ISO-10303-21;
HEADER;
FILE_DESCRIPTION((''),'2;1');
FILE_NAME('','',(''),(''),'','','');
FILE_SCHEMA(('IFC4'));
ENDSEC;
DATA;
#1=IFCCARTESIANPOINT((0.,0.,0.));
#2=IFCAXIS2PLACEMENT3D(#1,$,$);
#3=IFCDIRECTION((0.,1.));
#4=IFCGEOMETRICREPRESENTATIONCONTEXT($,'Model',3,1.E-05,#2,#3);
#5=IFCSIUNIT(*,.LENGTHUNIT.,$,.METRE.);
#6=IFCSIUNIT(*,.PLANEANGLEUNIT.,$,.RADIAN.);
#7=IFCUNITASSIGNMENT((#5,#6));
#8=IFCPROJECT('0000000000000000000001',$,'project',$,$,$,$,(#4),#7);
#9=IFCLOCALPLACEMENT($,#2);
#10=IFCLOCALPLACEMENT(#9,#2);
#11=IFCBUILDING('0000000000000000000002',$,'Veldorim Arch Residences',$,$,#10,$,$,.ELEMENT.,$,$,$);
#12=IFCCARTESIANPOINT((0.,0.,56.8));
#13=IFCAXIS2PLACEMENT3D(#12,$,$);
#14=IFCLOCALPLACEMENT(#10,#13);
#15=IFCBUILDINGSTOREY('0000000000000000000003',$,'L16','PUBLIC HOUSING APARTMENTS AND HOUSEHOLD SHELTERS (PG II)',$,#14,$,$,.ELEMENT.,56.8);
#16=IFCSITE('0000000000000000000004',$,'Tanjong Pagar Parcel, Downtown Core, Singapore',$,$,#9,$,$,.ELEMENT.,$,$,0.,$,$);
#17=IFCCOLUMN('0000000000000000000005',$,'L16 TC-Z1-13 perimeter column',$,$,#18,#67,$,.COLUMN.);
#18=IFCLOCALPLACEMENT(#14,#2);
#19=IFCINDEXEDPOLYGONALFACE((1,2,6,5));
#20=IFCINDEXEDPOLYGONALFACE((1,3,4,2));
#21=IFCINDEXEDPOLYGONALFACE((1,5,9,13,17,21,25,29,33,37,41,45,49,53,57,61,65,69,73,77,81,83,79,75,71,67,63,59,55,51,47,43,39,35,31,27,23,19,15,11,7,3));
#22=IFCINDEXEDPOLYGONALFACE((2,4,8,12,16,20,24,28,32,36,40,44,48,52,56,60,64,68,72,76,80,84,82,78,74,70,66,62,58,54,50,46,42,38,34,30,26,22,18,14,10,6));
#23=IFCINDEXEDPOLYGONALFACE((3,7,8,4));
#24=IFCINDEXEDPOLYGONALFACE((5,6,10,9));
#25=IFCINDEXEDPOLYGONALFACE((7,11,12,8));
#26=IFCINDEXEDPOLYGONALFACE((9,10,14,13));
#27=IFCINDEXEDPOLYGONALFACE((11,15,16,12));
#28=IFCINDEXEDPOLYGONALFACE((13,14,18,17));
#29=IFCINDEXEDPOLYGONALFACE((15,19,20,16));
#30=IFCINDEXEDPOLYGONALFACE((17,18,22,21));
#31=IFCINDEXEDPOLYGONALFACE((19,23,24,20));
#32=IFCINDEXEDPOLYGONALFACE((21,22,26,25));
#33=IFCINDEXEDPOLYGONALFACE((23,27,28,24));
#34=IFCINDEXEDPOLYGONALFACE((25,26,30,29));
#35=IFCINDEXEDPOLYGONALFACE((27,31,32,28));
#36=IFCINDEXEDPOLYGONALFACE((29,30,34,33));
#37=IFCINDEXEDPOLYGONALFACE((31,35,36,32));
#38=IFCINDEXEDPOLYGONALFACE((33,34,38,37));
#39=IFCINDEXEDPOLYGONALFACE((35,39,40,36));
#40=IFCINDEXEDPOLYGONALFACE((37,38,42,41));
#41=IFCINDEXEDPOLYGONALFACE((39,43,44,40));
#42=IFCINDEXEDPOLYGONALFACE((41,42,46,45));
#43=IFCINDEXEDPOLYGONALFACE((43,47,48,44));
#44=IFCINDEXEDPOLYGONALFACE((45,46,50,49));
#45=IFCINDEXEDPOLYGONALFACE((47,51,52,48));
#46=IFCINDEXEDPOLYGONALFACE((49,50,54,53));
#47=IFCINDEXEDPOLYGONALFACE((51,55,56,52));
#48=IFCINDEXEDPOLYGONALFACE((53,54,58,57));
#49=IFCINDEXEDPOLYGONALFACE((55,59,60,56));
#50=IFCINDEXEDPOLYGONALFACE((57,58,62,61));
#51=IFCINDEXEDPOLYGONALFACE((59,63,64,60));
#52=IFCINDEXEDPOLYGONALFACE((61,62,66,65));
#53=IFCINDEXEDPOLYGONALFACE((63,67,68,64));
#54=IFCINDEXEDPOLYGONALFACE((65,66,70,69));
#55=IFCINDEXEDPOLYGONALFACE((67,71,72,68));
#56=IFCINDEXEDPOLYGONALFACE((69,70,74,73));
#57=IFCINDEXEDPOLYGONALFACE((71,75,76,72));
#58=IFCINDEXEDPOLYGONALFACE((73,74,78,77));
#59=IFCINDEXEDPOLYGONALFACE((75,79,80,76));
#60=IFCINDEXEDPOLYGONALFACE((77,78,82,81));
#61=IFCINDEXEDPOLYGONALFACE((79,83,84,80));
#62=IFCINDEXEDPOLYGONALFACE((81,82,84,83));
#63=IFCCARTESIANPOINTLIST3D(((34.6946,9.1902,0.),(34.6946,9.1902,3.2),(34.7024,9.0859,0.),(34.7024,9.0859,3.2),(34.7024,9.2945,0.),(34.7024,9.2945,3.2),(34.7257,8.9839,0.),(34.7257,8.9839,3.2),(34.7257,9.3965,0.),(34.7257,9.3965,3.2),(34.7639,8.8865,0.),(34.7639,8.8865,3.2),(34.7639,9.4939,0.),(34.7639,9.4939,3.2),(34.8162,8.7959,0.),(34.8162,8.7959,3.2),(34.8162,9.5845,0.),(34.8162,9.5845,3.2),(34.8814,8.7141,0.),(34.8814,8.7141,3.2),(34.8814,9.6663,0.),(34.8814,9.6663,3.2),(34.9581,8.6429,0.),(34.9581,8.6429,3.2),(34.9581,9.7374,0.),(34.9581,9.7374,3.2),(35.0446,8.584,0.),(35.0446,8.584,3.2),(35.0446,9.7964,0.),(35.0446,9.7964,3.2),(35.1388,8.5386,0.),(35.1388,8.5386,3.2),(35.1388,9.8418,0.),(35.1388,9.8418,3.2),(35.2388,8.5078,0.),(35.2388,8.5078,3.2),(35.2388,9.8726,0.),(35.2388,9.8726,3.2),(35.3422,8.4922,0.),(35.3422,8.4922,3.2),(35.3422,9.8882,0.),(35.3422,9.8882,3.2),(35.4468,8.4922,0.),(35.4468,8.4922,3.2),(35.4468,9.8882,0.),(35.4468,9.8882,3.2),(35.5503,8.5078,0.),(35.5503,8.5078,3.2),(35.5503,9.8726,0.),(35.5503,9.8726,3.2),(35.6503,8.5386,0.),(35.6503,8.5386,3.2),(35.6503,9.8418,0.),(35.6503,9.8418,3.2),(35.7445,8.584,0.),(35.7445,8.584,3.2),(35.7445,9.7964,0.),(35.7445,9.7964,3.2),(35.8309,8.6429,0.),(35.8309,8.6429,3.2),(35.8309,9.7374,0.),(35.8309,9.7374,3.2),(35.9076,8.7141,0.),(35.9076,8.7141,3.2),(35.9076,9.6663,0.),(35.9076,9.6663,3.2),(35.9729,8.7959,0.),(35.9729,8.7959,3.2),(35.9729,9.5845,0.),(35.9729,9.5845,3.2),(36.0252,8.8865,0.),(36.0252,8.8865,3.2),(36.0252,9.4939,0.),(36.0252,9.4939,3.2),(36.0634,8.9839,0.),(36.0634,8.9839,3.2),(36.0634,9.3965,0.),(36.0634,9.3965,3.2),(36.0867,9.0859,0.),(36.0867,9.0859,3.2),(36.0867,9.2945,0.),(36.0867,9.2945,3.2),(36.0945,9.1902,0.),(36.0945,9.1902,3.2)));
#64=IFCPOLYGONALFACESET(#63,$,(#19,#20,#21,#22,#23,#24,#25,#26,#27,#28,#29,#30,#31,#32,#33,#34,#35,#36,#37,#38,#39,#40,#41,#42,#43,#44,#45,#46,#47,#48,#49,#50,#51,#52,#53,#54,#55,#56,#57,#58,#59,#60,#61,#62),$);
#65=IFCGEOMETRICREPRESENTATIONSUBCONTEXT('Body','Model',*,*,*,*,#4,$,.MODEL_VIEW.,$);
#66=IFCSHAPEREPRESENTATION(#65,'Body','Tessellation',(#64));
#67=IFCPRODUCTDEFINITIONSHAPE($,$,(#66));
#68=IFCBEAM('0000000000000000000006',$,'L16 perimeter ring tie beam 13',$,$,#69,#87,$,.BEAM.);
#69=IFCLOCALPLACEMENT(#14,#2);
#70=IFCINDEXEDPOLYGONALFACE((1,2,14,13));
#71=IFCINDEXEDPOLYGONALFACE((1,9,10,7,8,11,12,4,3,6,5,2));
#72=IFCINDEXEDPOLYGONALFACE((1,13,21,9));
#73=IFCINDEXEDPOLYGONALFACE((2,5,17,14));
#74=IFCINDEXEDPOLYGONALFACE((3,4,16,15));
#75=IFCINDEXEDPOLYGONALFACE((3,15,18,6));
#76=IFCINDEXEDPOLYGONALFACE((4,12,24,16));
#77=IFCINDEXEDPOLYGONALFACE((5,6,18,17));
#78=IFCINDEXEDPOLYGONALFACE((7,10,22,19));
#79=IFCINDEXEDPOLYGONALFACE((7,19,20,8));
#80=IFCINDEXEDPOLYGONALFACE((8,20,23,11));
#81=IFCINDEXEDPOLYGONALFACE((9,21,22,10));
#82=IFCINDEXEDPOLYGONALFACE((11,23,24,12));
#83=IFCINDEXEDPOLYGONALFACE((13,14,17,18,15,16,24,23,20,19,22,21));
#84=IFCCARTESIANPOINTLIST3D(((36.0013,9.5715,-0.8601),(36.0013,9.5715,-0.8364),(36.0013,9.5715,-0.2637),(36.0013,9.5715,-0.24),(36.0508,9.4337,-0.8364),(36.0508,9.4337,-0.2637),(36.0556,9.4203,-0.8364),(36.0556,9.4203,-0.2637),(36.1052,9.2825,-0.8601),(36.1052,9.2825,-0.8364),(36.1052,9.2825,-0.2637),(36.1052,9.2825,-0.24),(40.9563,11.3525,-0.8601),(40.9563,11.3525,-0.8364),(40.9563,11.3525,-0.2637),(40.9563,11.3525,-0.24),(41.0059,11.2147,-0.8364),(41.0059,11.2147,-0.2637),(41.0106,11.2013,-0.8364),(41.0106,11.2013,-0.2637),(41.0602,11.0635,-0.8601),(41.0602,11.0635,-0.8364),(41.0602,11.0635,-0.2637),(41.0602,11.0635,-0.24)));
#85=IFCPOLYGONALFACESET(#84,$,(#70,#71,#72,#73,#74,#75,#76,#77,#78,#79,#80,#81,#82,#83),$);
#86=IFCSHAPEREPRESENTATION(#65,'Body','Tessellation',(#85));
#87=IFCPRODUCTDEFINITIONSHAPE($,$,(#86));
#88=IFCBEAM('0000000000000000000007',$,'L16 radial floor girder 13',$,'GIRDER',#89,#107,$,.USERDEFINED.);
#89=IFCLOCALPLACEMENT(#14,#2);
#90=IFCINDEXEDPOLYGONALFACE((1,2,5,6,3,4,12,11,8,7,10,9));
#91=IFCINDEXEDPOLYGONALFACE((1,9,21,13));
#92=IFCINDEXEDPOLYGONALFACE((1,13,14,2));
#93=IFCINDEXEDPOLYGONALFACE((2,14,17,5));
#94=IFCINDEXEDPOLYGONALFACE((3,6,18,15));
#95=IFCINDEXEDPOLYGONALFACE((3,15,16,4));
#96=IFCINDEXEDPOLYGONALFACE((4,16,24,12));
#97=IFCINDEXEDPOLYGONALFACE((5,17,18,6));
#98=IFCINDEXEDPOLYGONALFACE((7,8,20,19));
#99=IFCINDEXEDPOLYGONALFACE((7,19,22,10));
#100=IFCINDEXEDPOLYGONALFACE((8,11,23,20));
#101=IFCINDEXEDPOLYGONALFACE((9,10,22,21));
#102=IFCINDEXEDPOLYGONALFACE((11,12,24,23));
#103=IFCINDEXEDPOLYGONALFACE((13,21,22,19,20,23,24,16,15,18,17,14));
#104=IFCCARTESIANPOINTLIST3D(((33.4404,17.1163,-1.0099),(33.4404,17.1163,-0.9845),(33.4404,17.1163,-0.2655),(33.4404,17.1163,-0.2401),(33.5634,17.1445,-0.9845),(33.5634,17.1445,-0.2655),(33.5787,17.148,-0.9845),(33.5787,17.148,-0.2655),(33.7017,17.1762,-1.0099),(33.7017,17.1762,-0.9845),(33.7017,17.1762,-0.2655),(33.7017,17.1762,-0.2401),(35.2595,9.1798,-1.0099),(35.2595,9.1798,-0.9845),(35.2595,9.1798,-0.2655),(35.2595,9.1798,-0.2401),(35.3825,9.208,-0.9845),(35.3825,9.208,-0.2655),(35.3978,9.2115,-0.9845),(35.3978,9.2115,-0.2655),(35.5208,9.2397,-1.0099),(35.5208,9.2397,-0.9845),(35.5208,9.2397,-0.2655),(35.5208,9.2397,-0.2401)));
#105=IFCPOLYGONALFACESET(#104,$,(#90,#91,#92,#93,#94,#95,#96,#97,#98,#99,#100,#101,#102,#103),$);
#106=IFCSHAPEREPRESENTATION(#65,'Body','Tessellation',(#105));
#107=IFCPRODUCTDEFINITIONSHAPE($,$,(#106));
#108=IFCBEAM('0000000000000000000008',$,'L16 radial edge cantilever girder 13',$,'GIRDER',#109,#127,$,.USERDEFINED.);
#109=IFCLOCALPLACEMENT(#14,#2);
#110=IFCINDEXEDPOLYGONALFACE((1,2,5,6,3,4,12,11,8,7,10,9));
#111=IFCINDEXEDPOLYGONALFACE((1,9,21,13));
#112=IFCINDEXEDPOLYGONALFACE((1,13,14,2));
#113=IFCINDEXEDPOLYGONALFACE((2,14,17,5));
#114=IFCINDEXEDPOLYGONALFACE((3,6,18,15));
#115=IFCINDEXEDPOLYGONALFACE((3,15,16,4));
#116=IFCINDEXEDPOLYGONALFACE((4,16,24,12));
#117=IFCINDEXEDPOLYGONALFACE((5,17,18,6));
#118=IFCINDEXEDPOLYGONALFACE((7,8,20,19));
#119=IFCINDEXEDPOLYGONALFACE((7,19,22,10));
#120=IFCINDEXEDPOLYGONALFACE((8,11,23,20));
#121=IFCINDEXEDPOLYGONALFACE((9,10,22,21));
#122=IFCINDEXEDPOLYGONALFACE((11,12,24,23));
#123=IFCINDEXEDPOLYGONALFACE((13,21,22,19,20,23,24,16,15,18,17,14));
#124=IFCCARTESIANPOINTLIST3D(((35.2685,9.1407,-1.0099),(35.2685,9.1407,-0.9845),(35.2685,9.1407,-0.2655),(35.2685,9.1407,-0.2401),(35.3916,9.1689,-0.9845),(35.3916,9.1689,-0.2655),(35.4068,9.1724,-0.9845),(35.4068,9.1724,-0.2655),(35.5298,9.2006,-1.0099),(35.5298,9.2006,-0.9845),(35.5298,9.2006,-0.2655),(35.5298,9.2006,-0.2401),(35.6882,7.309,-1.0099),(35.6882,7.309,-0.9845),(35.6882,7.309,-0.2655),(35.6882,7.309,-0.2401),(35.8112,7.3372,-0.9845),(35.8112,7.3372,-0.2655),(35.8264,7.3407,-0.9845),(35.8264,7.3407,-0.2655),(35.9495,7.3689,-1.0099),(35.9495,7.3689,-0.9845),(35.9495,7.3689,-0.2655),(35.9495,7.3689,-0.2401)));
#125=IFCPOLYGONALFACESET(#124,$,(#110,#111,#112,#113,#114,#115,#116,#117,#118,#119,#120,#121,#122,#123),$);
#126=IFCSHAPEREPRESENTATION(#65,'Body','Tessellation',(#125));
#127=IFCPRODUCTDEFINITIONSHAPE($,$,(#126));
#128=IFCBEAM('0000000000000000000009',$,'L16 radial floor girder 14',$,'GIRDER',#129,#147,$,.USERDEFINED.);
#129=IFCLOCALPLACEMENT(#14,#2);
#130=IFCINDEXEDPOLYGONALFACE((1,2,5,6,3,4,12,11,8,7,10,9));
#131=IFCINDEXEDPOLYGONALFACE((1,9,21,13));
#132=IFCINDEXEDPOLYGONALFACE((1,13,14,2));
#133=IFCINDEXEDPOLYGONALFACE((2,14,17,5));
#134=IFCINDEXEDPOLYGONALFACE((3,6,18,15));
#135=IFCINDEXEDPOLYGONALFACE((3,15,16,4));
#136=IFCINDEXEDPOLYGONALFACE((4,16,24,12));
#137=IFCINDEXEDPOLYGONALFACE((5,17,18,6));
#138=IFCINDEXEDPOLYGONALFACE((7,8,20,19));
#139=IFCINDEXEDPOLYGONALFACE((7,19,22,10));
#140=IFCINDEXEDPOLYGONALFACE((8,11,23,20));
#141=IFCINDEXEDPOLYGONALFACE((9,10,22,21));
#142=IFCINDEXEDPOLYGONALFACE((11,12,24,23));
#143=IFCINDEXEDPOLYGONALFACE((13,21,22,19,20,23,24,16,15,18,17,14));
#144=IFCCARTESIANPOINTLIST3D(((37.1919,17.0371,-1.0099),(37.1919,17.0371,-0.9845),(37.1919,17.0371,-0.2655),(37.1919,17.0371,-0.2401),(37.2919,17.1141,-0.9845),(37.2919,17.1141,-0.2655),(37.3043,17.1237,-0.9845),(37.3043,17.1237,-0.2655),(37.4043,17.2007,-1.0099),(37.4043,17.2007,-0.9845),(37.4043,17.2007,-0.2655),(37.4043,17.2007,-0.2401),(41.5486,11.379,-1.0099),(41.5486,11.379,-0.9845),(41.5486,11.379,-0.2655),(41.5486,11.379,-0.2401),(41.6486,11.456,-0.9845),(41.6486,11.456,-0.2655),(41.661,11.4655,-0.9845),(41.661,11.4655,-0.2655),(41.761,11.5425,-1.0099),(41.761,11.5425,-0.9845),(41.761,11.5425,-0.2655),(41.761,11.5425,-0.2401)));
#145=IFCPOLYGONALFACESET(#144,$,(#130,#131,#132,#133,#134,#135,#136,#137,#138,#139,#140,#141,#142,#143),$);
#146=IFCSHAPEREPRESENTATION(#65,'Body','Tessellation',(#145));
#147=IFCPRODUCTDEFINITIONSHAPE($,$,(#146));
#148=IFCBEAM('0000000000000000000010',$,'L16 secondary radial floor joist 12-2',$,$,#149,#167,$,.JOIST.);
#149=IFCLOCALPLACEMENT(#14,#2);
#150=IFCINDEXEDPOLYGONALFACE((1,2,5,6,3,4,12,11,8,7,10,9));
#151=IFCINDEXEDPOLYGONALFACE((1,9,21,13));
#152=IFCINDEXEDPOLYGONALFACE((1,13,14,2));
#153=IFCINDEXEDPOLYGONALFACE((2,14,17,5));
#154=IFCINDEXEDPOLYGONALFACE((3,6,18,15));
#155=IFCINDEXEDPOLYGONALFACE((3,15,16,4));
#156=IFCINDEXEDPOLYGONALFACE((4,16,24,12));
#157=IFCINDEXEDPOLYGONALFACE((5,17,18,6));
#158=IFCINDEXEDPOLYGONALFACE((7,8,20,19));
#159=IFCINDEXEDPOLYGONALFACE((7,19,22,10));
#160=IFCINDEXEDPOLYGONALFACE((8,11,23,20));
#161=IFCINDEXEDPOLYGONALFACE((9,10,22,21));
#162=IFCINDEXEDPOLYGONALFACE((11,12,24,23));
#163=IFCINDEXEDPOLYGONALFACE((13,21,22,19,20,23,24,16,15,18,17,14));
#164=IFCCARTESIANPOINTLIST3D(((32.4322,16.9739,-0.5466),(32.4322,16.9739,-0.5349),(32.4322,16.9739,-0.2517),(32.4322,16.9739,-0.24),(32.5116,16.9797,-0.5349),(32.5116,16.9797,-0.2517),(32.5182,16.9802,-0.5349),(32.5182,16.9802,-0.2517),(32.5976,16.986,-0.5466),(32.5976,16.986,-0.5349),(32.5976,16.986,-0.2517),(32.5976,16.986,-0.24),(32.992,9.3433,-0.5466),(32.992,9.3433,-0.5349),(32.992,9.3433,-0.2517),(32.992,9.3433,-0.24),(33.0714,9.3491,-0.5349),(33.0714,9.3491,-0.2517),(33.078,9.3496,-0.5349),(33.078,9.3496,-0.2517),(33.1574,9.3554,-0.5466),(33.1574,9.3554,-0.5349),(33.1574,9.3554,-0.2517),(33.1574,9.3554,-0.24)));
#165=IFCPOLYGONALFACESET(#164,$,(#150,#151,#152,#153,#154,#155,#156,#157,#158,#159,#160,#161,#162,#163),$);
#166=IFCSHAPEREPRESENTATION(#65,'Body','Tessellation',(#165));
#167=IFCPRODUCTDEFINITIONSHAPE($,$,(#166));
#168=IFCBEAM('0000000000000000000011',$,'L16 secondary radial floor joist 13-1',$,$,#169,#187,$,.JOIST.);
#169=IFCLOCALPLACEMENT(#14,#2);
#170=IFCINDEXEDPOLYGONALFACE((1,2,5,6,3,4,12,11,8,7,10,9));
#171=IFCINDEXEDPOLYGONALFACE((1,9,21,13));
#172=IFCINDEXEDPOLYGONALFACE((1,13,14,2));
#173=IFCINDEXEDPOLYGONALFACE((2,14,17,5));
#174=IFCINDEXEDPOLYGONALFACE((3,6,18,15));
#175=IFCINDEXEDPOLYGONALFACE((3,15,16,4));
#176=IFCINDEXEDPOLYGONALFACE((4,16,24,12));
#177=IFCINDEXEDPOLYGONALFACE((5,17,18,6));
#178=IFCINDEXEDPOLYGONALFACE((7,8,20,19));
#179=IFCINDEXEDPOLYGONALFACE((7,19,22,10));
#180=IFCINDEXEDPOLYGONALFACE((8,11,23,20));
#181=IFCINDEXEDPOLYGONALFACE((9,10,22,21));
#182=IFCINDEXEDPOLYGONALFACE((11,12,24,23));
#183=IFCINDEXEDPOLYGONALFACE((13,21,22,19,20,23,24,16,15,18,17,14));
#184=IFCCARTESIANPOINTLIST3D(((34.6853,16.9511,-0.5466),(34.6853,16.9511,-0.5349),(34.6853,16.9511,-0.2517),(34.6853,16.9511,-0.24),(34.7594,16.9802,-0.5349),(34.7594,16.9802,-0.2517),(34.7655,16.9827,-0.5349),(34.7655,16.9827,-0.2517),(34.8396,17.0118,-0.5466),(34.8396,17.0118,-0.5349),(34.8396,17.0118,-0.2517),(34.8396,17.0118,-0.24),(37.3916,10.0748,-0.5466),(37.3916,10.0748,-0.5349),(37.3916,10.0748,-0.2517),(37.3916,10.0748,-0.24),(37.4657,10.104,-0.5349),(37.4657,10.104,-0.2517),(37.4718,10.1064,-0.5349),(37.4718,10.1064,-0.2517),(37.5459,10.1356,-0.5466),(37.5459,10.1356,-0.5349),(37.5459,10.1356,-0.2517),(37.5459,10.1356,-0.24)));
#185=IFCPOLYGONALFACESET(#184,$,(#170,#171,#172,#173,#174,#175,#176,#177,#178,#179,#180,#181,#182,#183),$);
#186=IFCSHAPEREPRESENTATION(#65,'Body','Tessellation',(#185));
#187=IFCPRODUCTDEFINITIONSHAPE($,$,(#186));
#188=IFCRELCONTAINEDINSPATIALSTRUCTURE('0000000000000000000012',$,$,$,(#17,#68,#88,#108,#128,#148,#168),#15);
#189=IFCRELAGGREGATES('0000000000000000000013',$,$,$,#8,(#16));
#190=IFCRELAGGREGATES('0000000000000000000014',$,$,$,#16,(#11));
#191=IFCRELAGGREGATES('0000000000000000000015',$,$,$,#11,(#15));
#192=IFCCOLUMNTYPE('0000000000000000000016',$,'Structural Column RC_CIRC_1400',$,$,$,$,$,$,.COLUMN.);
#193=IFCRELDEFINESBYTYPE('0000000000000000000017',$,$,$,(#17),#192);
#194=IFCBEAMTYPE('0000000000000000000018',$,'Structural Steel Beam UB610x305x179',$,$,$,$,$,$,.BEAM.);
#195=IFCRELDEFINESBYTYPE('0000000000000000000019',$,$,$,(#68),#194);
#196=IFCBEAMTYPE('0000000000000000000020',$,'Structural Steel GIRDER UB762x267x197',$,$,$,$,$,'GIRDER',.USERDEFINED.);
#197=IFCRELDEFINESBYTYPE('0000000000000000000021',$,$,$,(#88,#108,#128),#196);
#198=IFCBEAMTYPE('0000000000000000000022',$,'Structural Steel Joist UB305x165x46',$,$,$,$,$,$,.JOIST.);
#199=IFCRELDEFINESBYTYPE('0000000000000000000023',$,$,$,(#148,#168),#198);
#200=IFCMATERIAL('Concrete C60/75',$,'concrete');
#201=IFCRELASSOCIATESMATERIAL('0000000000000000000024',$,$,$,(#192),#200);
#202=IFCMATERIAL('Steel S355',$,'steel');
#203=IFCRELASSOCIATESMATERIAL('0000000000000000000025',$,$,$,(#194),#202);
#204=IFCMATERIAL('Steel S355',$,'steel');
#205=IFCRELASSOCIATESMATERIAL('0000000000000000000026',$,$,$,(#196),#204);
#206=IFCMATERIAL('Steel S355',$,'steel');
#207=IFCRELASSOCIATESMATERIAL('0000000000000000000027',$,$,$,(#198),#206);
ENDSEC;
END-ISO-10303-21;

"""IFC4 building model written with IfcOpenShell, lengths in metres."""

from ifc_helpers import new_model, si_unit, direction, frame, origin, origin_2d, place, context, subcontext, project, spatial, circle, i_section, extrude, material, material_profile, profile_set, type_object, element, save


model = new_model("IFC4")

# Units and contexts
model_context = context("Model", 3, precision=1e-05, world=origin(), true_north=direction((0.0, 1.0)))
body_context = subcontext(model_context, "Body", "Model", "MODEL_VIEW")
ifc_project = project(units=[si_unit("LENGTHUNIT", "METRE"), si_unit("PLANEANGLEUNIT", "RADIAN")], contexts=[model_context])

# Site, building, storey
site_placement = place(None, origin())
site = spatial("IfcSite", under=ifc_project, at=site_placement, Name="Tanjong Pagar Parcel, Downtown Core, Singapore", CompositionType="ELEMENT", RefElevation=0.0)
building_placement = place(site_placement, origin())
building = spatial("IfcBuilding", under=site, at=building_placement, Name="Veldorim Arch Residences", CompositionType="ELEMENT")
storey_placement = place(building_placement, frame((0.0, 0.0, 56.8)))
storey = spatial("IfcBuildingStorey", under=building, at=storey_placement, Name="L16", Description="PUBLIC HOUSING APARTMENTS AND HOUSEHOLD SHELTERS (PG II)", CompositionType="ELEMENT", Elevation=56.8)

# Column
ifc_material_1 = material(Name="Concrete C60/75", Category="concrete")
ifc_material_profile_1 = material_profile(ifc_material_1, circle(Radius=0.7, at=origin_2d()), Name="RC_CIRC_1400")
ifc_profile_set_1 = profile_set([ifc_material_profile_1], Name="Concrete C60/75")
column_type = type_object("IfcColumnType", Name="Structural Column RC_CIRC_1400", PredefinedType="COLUMN", material=ifc_profile_set_1)
column_placement = place(storey_placement, frame((35.3945, 9.1902, 0.0), z_axis=(0.0, 0.0, 1.0), x_axis=(1.0, 0.0, 0.0)))
element("IfcColumn", 1, at=column_placement, inside=storey, type_object=column_type, Name="L16 TC-Z1-13 perimeter column", PredefinedType="COLUMN", context=body_context, shape_type="SweptSolid", body=[
    extrude(circle(Radius=0.7, at=origin_2d()), origin(), (0.0, 0.0, 1.0), 3.2),
])

# Beams
ifc_material_2 = material(Name="Steel S355", Category="steel")
ifc_material_profile_2 = material_profile(ifc_material_2, i_section(OverallWidth=0.3071, OverallDepth=0.6201, WebThickness=0.0142, FlangeThickness=0.0237, at=origin_2d()), Name="UB610x305x179")
ifc_profile_set_2 = profile_set([ifc_material_profile_2], Name="Steel S355")
beam_type_1 = type_object("IfcBeamType", Name="Structural Steel Beam UB610x305x179", PredefinedType="BEAM", material=ifc_profile_set_2)
beam_1_placement = place(storey_placement, frame((36.0532, 9.427, -0.55), z_axis=(0.941058, 0.338245, 0.0), x_axis=(-0.338245, 0.941058, 0.0)))
element("IfcBeam", 2, at=beam_1_placement, inside=storey, type_object=beam_type_1, Name="L16 perimeter ring tie beam 13", PredefinedType="BEAM", context=body_context, shape_type="SweptSolid", body=[
    extrude(i_section(OverallWidth=0.3071, OverallDepth=0.6201, WebThickness=0.0142, FlangeThickness=0.0237, at=origin_2d()), origin(), (0.0, 0.0, 1.0), 5.2654),
])
ifc_material_3 = material(Name="Steel S355", Category="steel")
ifc_material_profile_3 = material_profile(ifc_material_3, i_section(OverallWidth=0.2681, OverallDepth=0.7698, WebThickness=0.0156, FlangeThickness=0.0254, at=origin_2d()), Name="UB762x267x197")
ifc_profile_set_3 = profile_set([ifc_material_profile_3], Name="Steel S355")
beam_type_2 = type_object("IfcBeamType", Name="Structural Steel GIRDER UB762x267x197", ElementType="GIRDER", PredefinedType="USERDEFINED", material=ifc_profile_set_3)
beam_2_placement = place(storey_placement, frame((33.571, 17.1462, -0.625), z_axis=(0.223412, -0.974724, 0.0), x_axis=(0.974724, 0.223412, 0.0)))
element("IfcBeam", 3, at=beam_2_placement, inside=storey, type_object=beam_type_2, Name="L16 radial floor girder 13", ObjectType="GIRDER", PredefinedType="USERDEFINED", context=body_context, shape_type="SweptSolid", body=[
    extrude(i_section(OverallWidth=0.2681, OverallDepth=0.7698, WebThickness=0.0156, FlangeThickness=0.0254, at=origin_2d()), origin(), (0.0, 0.0, 1.0), 8.1423),
])
beam_3_placement = place(storey_placement, frame((35.3992, 9.1707, -0.625), z_axis=(0.223322, -0.974745, 0.0), x_axis=(0.974745, 0.223322, 0.0)))
element("IfcBeam", 4, at=beam_3_placement, inside=storey, type_object=beam_type_2, Name="L16 radial edge cantilever girder 13", ObjectType="GIRDER", PredefinedType="USERDEFINED", context=body_context, shape_type="SweptSolid", body=[
    extrude(i_section(OverallWidth=0.2681, OverallDepth=0.7698, WebThickness=0.0156, FlangeThickness=0.0254, at=origin_2d()), origin(), (0.0, 0.0, 1.0), 1.8792),
])
beam_4_placement = place(storey_placement, frame((37.2981, 17.1189, -0.625), z_axis=(0.610082, -0.792338, 0.0), x_axis=(0.792338, 0.610082, 0.0)))
element("IfcBeam", 5, at=beam_4_placement, inside=storey, type_object=beam_type_2, Name="L16 radial floor girder 14", ObjectType="GIRDER", PredefinedType="USERDEFINED", context=body_context, shape_type="SweptSolid", body=[
    extrude(i_section(OverallWidth=0.2681, OverallDepth=0.7698, WebThickness=0.0156, FlangeThickness=0.0254, at=origin_2d()), origin(), (0.0, 0.0, 1.0), 7.1411),
])
ifc_material_4 = material(Name="Steel S355", Category="steel")
ifc_material_profile_4 = material_profile(ifc_material_4, i_section(OverallWidth=0.1658, OverallDepth=0.3066, WebThickness=0.0066, FlangeThickness=0.0117, at=origin_2d()), Name="UB305x165x46")
ifc_profile_set_4 = profile_set([ifc_material_profile_4], Name="Steel S355")
beam_type_3 = type_object("IfcBeamType", Name="Structural Steel Joist UB305x165x46", PredefinedType="JOIST", material=ifc_profile_set_4)
beam_5_placement = place(storey_placement, frame((32.5149, 16.98, -0.3933), z_axis=(0.073168, -0.99732, 0.0), x_axis=(0.99732, 0.073168, 0.0)))
element("IfcBeam", 6, at=beam_5_placement, inside=storey, type_object=beam_type_3, Name="L16 secondary radial floor joist 12-2", PredefinedType="JOIST", context=body_context, shape_type="SweptSolid", body=[
    extrude(i_section(OverallWidth=0.1658, OverallDepth=0.3066, WebThickness=0.0066, FlangeThickness=0.0117, at=origin_2d()), origin(), (0.0, 0.0, 1.0), 7.6511),
])
beam_6_placement = place(storey_placement, frame((34.7625, 16.9814, -0.3933), z_axis=(0.36623, -0.930524, 0.0), x_axis=(0.930524, 0.36623, 0.0)))
element("IfcBeam", 7, at=beam_6_placement, inside=storey, type_object=beam_type_3, Name="L16 secondary radial floor joist 13-1", PredefinedType="JOIST", context=body_context, shape_type="SweptSolid", body=[
    extrude(i_section(OverallWidth=0.1658, OverallDepth=0.3066, WebThickness=0.0066, FlangeThickness=0.0117, at=origin_2d()), origin(), (0.0, 0.0, 1.0), 7.3896),
])

save(model, "model.ifc")
